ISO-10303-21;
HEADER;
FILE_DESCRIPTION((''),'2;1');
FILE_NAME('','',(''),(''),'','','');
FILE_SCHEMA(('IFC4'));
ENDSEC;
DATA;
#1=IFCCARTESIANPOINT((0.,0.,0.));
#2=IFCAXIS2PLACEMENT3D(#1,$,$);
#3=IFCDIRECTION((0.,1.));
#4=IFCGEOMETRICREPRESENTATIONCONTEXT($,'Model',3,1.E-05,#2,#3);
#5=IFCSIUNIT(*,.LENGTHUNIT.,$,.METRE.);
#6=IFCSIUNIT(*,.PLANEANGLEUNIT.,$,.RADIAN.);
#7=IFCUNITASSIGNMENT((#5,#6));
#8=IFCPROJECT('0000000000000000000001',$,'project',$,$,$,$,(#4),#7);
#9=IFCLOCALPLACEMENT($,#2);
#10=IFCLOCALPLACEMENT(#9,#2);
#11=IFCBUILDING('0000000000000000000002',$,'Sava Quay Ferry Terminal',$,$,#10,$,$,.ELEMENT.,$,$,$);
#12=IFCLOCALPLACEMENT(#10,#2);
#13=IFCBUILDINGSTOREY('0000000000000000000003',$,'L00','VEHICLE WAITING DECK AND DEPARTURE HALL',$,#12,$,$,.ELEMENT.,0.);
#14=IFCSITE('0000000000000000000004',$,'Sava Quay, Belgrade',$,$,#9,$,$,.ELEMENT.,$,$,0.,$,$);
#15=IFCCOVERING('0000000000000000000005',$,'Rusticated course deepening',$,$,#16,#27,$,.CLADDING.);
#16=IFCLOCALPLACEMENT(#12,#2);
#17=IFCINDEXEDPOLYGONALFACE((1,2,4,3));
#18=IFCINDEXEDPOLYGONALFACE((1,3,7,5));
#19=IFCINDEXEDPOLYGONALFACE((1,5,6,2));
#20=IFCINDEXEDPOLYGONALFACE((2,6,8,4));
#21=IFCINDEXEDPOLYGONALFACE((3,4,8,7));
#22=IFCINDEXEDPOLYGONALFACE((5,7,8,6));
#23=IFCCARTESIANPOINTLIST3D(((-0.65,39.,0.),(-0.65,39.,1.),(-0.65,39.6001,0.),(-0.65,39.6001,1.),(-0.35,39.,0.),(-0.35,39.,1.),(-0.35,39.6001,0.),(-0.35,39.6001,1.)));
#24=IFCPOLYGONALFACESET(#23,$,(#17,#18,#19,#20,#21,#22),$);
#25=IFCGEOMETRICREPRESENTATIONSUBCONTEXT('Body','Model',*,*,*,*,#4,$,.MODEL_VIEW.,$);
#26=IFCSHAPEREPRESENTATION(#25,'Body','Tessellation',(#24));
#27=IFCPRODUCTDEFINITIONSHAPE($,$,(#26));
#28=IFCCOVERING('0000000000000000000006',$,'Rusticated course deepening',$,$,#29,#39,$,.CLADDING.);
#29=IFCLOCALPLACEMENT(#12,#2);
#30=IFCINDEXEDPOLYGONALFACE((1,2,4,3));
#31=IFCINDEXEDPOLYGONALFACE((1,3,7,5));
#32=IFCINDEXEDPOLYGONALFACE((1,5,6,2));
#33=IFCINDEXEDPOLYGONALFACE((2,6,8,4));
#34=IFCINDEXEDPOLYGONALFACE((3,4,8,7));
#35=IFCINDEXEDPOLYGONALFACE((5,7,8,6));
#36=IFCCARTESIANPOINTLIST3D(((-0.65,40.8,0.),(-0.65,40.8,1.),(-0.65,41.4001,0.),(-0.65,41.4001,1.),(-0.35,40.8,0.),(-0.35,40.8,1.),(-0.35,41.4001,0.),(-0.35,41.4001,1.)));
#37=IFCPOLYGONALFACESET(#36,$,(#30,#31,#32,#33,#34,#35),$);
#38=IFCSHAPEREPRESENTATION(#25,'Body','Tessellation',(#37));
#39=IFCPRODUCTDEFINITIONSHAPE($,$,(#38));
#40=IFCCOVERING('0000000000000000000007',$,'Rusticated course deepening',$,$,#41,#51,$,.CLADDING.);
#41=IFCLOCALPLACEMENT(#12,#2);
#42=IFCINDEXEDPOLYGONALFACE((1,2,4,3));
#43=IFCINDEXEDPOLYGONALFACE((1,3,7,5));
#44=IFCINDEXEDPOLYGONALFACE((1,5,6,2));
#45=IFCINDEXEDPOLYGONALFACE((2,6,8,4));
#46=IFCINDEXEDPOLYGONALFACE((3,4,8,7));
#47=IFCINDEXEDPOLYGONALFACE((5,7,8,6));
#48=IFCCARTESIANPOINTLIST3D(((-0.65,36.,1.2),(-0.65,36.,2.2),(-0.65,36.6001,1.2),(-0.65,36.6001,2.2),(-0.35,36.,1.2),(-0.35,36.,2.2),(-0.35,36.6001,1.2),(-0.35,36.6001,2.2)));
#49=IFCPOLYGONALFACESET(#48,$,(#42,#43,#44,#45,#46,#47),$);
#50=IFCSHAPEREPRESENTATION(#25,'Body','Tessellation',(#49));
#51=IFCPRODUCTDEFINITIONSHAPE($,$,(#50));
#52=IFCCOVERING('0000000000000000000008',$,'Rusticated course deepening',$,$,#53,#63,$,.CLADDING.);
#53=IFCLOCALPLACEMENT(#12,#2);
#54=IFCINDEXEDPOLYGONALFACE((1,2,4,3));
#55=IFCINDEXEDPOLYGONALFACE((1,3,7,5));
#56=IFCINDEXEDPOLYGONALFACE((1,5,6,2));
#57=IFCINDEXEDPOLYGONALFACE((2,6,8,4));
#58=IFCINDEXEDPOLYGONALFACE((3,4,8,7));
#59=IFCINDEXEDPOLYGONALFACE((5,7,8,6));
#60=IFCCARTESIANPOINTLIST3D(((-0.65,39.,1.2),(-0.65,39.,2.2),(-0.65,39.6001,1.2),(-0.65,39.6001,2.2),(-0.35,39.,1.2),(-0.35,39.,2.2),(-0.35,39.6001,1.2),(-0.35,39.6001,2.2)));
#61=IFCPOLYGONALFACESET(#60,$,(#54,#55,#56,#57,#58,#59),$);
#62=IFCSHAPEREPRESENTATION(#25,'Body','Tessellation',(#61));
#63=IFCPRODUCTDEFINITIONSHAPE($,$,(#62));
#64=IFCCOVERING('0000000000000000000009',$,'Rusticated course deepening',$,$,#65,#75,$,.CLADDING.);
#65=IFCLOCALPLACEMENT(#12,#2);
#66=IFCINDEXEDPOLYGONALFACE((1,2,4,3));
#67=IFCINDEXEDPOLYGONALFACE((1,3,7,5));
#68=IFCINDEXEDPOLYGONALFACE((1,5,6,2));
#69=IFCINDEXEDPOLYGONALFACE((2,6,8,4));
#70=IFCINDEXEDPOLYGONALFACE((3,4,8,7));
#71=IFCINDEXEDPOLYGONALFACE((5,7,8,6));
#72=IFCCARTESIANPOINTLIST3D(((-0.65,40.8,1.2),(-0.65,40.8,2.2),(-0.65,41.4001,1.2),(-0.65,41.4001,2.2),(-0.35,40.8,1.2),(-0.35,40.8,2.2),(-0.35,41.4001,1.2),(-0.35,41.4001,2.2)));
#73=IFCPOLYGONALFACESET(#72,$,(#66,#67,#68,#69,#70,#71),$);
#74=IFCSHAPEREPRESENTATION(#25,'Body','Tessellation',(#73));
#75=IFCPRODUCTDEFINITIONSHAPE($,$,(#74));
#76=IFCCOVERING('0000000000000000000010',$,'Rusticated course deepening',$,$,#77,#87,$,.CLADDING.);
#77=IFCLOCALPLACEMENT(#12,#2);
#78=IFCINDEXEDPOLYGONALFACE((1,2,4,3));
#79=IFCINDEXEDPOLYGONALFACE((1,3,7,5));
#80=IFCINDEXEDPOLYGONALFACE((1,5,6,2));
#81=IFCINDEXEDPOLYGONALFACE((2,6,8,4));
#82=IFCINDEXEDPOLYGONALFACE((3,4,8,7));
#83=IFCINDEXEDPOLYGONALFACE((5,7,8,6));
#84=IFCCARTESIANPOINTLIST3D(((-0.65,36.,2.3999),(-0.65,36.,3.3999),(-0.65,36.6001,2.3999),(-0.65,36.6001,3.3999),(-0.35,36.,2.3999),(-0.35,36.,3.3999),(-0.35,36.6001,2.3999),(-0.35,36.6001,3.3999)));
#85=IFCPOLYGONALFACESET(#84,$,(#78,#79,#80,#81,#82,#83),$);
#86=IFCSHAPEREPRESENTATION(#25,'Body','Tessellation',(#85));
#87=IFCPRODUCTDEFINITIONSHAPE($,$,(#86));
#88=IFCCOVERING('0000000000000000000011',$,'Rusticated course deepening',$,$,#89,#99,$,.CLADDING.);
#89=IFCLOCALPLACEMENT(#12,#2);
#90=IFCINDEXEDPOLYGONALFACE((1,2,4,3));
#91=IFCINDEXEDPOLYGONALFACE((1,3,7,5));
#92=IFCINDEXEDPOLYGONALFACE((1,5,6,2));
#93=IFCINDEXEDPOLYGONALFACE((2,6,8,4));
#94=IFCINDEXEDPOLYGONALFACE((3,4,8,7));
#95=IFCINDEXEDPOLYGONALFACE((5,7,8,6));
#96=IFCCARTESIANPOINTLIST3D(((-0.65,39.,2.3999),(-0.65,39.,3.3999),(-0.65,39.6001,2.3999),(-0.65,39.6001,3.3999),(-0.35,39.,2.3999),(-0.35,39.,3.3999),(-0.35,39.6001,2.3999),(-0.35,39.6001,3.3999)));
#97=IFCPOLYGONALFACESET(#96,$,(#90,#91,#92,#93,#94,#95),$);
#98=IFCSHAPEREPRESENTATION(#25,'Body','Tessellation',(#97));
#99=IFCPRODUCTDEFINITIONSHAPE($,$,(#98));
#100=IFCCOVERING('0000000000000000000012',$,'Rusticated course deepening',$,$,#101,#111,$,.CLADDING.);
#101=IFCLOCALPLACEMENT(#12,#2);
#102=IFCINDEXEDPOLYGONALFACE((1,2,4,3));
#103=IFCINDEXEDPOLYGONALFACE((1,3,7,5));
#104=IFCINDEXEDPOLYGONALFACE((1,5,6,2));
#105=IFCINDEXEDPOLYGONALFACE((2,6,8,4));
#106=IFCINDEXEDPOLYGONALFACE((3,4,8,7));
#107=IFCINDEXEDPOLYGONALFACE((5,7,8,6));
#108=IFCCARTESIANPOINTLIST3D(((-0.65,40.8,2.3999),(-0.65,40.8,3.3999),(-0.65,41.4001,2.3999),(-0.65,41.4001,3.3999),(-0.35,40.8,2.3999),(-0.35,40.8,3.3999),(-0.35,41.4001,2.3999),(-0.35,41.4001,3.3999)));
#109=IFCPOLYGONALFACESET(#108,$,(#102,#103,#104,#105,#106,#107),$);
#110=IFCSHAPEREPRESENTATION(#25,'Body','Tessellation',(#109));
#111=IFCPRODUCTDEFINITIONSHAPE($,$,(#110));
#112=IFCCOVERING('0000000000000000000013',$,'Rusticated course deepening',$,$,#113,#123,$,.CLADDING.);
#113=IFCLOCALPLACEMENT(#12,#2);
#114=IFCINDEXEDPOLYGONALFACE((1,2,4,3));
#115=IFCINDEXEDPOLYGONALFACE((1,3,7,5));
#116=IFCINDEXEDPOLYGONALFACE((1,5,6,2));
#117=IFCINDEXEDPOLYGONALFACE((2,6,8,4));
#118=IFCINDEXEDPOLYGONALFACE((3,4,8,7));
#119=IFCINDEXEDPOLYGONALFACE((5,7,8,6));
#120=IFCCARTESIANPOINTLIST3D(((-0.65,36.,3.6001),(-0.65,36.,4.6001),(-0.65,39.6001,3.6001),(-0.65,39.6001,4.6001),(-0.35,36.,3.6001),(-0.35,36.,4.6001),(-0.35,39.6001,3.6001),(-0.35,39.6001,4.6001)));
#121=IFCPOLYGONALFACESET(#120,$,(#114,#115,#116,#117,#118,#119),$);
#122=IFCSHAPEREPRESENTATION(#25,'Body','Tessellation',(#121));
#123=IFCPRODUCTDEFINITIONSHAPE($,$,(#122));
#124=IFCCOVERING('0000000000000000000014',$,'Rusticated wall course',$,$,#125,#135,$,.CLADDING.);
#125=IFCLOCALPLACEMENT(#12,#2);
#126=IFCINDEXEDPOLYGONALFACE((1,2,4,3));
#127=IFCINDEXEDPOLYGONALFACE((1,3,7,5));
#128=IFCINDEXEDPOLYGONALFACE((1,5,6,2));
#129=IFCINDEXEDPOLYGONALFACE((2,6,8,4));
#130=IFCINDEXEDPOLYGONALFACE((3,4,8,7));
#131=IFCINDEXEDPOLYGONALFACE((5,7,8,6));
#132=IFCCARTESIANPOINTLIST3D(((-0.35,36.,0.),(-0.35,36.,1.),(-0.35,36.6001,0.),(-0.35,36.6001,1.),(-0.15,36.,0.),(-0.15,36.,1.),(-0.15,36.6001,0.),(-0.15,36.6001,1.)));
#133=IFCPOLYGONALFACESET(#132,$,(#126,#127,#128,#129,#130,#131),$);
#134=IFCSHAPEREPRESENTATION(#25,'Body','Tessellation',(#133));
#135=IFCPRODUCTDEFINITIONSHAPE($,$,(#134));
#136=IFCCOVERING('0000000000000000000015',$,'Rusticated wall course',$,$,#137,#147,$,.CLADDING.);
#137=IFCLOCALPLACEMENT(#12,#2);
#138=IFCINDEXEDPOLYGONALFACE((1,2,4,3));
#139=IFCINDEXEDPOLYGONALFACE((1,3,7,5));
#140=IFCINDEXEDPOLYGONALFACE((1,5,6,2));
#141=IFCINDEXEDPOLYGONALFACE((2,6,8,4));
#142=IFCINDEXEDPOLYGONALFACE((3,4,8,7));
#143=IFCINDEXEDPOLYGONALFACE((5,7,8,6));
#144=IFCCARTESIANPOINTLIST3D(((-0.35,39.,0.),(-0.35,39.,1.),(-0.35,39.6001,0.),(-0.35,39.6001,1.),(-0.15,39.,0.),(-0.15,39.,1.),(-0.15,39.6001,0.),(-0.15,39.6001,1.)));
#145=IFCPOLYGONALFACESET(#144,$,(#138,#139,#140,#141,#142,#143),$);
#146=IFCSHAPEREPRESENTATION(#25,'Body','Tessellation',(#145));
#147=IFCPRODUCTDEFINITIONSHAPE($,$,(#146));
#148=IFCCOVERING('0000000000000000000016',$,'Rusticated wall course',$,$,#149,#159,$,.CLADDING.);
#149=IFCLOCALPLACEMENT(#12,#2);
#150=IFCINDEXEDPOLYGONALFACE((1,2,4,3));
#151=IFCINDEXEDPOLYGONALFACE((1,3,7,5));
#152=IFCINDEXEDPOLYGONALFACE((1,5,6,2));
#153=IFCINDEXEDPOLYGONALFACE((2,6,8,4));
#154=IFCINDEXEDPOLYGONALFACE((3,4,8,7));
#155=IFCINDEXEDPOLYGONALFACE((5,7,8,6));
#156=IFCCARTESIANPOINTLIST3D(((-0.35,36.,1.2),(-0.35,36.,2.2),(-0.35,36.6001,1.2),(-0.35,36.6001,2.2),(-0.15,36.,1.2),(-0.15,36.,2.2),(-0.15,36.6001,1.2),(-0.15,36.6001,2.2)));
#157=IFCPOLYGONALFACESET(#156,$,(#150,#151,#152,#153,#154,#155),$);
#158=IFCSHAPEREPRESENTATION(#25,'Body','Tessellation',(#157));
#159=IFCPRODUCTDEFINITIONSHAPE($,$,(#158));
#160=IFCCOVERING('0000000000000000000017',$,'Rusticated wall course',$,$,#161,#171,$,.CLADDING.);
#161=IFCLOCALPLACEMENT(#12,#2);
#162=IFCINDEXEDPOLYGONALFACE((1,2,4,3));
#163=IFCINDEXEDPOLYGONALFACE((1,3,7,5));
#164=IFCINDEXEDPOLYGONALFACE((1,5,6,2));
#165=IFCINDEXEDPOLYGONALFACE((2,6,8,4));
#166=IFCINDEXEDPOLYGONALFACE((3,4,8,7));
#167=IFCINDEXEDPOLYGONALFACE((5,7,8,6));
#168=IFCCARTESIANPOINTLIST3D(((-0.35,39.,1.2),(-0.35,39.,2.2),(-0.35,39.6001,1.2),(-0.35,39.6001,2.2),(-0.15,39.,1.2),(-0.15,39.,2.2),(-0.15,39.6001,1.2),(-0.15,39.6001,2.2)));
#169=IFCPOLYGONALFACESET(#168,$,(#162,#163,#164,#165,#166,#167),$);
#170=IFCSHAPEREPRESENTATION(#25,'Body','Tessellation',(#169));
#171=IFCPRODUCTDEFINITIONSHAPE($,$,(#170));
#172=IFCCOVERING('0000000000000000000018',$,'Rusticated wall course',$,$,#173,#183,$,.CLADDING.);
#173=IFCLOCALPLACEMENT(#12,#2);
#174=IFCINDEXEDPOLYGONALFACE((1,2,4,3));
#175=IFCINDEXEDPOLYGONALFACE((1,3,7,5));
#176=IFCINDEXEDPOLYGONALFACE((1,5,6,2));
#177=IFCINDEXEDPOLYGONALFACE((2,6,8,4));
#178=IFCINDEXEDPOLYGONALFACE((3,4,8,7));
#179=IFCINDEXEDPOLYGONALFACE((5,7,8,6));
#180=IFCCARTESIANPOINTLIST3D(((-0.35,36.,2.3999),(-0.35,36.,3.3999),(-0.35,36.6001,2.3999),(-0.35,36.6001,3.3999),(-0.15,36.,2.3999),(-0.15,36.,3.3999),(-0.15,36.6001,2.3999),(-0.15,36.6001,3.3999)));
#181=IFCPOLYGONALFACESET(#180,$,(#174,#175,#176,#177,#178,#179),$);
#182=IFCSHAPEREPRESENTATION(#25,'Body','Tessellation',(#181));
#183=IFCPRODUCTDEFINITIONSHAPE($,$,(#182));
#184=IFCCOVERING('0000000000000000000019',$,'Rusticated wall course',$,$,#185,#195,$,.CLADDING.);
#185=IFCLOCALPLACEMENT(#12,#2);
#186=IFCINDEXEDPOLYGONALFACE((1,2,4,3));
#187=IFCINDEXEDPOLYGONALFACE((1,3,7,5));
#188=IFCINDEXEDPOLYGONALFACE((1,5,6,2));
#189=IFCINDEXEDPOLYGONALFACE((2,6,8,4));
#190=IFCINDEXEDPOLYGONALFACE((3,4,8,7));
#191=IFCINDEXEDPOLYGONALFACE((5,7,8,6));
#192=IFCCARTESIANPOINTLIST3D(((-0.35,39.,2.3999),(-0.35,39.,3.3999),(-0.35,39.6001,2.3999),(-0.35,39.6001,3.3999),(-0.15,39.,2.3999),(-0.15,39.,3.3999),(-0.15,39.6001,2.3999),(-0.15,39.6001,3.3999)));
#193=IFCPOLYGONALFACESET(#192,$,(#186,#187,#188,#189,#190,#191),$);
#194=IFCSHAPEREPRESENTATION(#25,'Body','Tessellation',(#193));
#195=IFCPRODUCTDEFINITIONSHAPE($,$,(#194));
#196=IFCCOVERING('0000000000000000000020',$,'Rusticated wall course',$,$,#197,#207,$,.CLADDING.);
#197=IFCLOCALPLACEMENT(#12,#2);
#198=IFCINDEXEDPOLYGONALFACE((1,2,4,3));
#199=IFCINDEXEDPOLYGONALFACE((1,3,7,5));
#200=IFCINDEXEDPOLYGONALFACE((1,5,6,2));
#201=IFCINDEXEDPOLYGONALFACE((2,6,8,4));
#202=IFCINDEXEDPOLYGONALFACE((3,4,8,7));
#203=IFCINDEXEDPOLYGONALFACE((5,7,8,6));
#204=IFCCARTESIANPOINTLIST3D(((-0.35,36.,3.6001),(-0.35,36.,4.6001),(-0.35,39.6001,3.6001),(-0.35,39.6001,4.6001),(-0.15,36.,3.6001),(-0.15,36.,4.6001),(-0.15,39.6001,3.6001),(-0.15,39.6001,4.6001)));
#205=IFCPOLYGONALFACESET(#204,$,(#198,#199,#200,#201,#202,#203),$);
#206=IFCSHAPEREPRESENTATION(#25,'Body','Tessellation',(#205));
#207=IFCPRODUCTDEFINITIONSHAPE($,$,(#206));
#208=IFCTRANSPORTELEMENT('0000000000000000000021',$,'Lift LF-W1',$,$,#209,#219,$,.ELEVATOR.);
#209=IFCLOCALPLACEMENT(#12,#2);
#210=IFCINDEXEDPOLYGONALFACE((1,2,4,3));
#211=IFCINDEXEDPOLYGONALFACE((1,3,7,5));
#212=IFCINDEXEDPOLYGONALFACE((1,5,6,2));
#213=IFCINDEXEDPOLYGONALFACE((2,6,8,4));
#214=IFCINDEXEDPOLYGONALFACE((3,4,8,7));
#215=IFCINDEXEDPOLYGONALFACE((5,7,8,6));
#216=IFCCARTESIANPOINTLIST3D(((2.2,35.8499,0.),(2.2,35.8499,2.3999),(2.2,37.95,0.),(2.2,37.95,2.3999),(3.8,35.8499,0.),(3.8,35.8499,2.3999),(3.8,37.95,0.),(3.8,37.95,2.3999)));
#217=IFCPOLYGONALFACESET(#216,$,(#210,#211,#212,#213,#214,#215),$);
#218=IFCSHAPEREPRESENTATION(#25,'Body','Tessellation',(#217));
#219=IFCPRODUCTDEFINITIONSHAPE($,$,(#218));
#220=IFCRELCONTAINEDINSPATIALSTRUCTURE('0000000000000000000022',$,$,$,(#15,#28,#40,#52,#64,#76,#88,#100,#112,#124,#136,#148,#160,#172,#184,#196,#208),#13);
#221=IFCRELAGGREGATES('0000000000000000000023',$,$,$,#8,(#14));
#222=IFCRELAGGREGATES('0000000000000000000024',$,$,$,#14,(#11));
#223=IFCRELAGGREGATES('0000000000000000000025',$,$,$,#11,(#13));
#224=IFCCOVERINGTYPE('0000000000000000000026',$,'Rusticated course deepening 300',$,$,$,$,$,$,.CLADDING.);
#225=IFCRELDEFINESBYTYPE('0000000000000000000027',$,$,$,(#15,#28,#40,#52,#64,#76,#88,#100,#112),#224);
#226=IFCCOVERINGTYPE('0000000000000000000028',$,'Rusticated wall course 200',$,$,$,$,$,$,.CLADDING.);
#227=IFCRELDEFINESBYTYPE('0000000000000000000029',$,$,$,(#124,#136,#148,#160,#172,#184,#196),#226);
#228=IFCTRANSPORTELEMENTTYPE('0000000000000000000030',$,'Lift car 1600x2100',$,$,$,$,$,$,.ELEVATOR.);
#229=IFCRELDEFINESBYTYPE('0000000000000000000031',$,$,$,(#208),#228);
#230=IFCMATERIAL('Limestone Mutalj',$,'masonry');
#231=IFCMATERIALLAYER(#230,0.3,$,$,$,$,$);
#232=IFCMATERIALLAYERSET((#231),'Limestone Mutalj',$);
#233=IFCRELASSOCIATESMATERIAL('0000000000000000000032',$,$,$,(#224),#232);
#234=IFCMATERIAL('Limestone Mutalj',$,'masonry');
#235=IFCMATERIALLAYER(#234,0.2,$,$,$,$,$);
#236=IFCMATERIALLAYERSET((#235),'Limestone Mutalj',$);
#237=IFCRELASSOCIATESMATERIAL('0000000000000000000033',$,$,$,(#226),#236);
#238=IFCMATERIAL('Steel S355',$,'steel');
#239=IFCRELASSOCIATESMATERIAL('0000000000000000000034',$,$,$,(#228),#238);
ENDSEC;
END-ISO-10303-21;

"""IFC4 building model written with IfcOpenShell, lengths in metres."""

from ifc_helpers import new_model, si_unit, direction, frame, origin, origin_2d, place, context, subcontext, project, spatial, rectangle, extrude, material, layer, layer_set, type_object, element, save


model = new_model("IFC4")

# Units and contexts
model_context = context("Model", 3, precision=1e-05, world=origin(), true_north=direction((0.0, 1.0)))
body_context = subcontext(model_context, "Body", "Model", "MODEL_VIEW")
ifc_project = project(units=[si_unit("LENGTHUNIT", "METRE"), si_unit("PLANEANGLEUNIT", "RADIAN")], contexts=[model_context])

# Site, building, storey
site_placement = place(None, origin())
site = spatial("IfcSite", under=ifc_project, at=site_placement, Name="Sava Quay, Belgrade", CompositionType="ELEMENT", RefElevation=0.0)
building_placement = place(site_placement, origin())
building = spatial("IfcBuilding", under=site, at=building_placement, Name="Sava Quay Ferry Terminal", CompositionType="ELEMENT")
storey_placement = place(building_placement, origin())
storey = spatial("IfcBuildingStorey", under=building, at=storey_placement, Name="L00", Description="VEHICLE WAITING DECK AND DEPARTURE HALL", CompositionType="ELEMENT", Elevation=0.0)

# Coverings
ifc_material_1 = material(Name="Limestone Mutalj", Category="masonry")
ifc_layer_1 = layer(ifc_material_1, 0.3)
ifc_layer_set_1 = layer_set([ifc_layer_1], Name="Limestone Mutalj")
covering_type_1 = type_object("IfcCoveringType", Name="Rusticated course deepening 300", PredefinedType="CLADDING", material=ifc_layer_set_1)
for number, where, z_axis, x_axis, name in (
    (1, (-0.5, 39.3, 0.0), (0.0, 0.0, 1.0), (1.0, 0.0, 0.0), "Rusticated course deepening"),
    (2, (-0.5, 41.1001, 0.0), (0.0, 0.0, 1.0), (1.0, 0.0, 0.0), "Rusticated course deepening"),
    (3, (-0.5, 36.3, 1.2), (0.0, 0.0, 1.0), (1.0, 0.0, 0.0), "Rusticated course deepening"),
    (4, (-0.5, 39.3, 1.2), (0.0, 0.0, 1.0), (1.0, 0.0, 0.0), "Rusticated course deepening"),
    (5, (-0.5, 41.1001, 1.2), (0.0, 0.0, 1.0), (1.0, 0.0, 0.0), "Rusticated course deepening"),
    (6, (-0.5, 36.3, 2.3999), (0.0, 0.0, 1.0), (1.0, 0.0, 0.0), "Rusticated course deepening"),
    (7, (-0.5, 39.3, 2.3999), (0.0, 0.0, 1.0), (1.0, 0.0, 0.0), "Rusticated course deepening"),
    (8, (-0.5, 41.1001, 2.3999), (0.0, 0.0, 1.0), (1.0, 0.0, 0.0), "Rusticated course deepening"),
):
    element("IfcCovering", number, at=place(storey_placement, frame(where, z_axis=z_axis, x_axis=x_axis)), inside=storey, type_object=covering_type_1, Name=name, PredefinedType="CLADDING", context=body_context, shape_type="SweptSolid", body=[
        extrude(rectangle(XDim=0.3, YDim=0.6001, at=origin_2d()), origin(), (0.0, 0.0, 1.0), 1.0),
    ])
covering_1_placement = place(storey_placement, frame((-0.5, 37.8, 3.6001), z_axis=(0.0, 0.0, 1.0), x_axis=(1.0, 0.0, 0.0)))
element("IfcCovering", 9, at=covering_1_placement, inside=storey, type_object=covering_type_1, Name="Rusticated course deepening", PredefinedType="CLADDING", context=body_context, shape_type="SweptSolid", body=[
    extrude(rectangle(XDim=0.3, YDim=3.6001, at=origin_2d()), origin(), (0.0, 0.0, 1.0), 1.0),
])
ifc_material_2 = material(Name="Limestone Mutalj", Category="masonry")
ifc_layer_2 = layer(ifc_material_2, 0.2)
ifc_layer_set_2 = layer_set([ifc_layer_2], Name="Limestone Mutalj")
covering_type_2 = type_object("IfcCoveringType", Name="Rusticated wall course 200", PredefinedType="CLADDING", material=ifc_layer_set_2)
for number, where, z_axis, x_axis, name in (
    (10, (-0.25, 36.3, 0.0), (0.0, 0.0, 1.0), (1.0, 0.0, 0.0), "Rusticated wall course"),
    (11, (-0.25, 39.3, 0.0), (0.0, 0.0, 1.0), (1.0, 0.0, 0.0), "Rusticated wall course"),
    (12, (-0.25, 36.3, 1.2), (0.0, 0.0, 1.0), (1.0, 0.0, 0.0), "Rusticated wall course"),
    (13, (-0.25, 39.3, 1.2), (0.0, 0.0, 1.0), (1.0, 0.0, 0.0), "Rusticated wall course"),
    (14, (-0.25, 36.3, 2.3999), (0.0, 0.0, 1.0), (1.0, 0.0, 0.0), "Rusticated wall course"),
    (15, (-0.25, 39.3, 2.3999), (0.0, 0.0, 1.0), (1.0, 0.0, 0.0), "Rusticated wall course"),
):
    element("IfcCovering", number, at=place(storey_placement, frame(where, z_axis=z_axis, x_axis=x_axis)), inside=storey, type_object=covering_type_2, Name=name, PredefinedType="CLADDING", context=body_context, shape_type="SweptSolid", body=[
        extrude(rectangle(XDim=0.2, YDim=0.6001, at=origin_2d()), origin(), (0.0, 0.0, 1.0), 1.0),
    ])
covering_2_placement = place(storey_placement, frame((-0.25, 37.8, 3.6001), z_axis=(0.0, 0.0, 1.0), x_axis=(1.0, 0.0, 0.0)))
element("IfcCovering", 16, at=covering_2_placement, inside=storey, type_object=covering_type_2, Name="Rusticated wall course", PredefinedType="CLADDING", context=body_context, shape_type="SweptSolid", body=[
    extrude(rectangle(XDim=0.2, YDim=3.6001, at=origin_2d()), origin(), (0.0, 0.0, 1.0), 1.0),
])

# Transport element
ifc_material_3 = material(Name="Steel S355", Category="steel")
transport_element_type = type_object("IfcTransportElementType", Name="Lift car 1600x2100", PredefinedType="ELEVATOR", material=ifc_material_3)
transport_element_placement = place(storey_placement, frame((3.0, 36.8999, 0.0), z_axis=(0.0, 0.0, 1.0), x_axis=(1.0, 0.0, 0.0)))
element("IfcTransportElement", 17, at=transport_element_placement, inside=storey, type_object=transport_element_type, Name="Lift LF-W1", PredefinedType="ELEVATOR", context=body_context, shape_type="SweptSolid", body=[
    extrude(rectangle(XDim=1.6001, YDim=2.1001, at=origin_2d()), origin(), (0.0, 0.0, 1.0), 2.3999),
])

save(model, "model.ifc")
